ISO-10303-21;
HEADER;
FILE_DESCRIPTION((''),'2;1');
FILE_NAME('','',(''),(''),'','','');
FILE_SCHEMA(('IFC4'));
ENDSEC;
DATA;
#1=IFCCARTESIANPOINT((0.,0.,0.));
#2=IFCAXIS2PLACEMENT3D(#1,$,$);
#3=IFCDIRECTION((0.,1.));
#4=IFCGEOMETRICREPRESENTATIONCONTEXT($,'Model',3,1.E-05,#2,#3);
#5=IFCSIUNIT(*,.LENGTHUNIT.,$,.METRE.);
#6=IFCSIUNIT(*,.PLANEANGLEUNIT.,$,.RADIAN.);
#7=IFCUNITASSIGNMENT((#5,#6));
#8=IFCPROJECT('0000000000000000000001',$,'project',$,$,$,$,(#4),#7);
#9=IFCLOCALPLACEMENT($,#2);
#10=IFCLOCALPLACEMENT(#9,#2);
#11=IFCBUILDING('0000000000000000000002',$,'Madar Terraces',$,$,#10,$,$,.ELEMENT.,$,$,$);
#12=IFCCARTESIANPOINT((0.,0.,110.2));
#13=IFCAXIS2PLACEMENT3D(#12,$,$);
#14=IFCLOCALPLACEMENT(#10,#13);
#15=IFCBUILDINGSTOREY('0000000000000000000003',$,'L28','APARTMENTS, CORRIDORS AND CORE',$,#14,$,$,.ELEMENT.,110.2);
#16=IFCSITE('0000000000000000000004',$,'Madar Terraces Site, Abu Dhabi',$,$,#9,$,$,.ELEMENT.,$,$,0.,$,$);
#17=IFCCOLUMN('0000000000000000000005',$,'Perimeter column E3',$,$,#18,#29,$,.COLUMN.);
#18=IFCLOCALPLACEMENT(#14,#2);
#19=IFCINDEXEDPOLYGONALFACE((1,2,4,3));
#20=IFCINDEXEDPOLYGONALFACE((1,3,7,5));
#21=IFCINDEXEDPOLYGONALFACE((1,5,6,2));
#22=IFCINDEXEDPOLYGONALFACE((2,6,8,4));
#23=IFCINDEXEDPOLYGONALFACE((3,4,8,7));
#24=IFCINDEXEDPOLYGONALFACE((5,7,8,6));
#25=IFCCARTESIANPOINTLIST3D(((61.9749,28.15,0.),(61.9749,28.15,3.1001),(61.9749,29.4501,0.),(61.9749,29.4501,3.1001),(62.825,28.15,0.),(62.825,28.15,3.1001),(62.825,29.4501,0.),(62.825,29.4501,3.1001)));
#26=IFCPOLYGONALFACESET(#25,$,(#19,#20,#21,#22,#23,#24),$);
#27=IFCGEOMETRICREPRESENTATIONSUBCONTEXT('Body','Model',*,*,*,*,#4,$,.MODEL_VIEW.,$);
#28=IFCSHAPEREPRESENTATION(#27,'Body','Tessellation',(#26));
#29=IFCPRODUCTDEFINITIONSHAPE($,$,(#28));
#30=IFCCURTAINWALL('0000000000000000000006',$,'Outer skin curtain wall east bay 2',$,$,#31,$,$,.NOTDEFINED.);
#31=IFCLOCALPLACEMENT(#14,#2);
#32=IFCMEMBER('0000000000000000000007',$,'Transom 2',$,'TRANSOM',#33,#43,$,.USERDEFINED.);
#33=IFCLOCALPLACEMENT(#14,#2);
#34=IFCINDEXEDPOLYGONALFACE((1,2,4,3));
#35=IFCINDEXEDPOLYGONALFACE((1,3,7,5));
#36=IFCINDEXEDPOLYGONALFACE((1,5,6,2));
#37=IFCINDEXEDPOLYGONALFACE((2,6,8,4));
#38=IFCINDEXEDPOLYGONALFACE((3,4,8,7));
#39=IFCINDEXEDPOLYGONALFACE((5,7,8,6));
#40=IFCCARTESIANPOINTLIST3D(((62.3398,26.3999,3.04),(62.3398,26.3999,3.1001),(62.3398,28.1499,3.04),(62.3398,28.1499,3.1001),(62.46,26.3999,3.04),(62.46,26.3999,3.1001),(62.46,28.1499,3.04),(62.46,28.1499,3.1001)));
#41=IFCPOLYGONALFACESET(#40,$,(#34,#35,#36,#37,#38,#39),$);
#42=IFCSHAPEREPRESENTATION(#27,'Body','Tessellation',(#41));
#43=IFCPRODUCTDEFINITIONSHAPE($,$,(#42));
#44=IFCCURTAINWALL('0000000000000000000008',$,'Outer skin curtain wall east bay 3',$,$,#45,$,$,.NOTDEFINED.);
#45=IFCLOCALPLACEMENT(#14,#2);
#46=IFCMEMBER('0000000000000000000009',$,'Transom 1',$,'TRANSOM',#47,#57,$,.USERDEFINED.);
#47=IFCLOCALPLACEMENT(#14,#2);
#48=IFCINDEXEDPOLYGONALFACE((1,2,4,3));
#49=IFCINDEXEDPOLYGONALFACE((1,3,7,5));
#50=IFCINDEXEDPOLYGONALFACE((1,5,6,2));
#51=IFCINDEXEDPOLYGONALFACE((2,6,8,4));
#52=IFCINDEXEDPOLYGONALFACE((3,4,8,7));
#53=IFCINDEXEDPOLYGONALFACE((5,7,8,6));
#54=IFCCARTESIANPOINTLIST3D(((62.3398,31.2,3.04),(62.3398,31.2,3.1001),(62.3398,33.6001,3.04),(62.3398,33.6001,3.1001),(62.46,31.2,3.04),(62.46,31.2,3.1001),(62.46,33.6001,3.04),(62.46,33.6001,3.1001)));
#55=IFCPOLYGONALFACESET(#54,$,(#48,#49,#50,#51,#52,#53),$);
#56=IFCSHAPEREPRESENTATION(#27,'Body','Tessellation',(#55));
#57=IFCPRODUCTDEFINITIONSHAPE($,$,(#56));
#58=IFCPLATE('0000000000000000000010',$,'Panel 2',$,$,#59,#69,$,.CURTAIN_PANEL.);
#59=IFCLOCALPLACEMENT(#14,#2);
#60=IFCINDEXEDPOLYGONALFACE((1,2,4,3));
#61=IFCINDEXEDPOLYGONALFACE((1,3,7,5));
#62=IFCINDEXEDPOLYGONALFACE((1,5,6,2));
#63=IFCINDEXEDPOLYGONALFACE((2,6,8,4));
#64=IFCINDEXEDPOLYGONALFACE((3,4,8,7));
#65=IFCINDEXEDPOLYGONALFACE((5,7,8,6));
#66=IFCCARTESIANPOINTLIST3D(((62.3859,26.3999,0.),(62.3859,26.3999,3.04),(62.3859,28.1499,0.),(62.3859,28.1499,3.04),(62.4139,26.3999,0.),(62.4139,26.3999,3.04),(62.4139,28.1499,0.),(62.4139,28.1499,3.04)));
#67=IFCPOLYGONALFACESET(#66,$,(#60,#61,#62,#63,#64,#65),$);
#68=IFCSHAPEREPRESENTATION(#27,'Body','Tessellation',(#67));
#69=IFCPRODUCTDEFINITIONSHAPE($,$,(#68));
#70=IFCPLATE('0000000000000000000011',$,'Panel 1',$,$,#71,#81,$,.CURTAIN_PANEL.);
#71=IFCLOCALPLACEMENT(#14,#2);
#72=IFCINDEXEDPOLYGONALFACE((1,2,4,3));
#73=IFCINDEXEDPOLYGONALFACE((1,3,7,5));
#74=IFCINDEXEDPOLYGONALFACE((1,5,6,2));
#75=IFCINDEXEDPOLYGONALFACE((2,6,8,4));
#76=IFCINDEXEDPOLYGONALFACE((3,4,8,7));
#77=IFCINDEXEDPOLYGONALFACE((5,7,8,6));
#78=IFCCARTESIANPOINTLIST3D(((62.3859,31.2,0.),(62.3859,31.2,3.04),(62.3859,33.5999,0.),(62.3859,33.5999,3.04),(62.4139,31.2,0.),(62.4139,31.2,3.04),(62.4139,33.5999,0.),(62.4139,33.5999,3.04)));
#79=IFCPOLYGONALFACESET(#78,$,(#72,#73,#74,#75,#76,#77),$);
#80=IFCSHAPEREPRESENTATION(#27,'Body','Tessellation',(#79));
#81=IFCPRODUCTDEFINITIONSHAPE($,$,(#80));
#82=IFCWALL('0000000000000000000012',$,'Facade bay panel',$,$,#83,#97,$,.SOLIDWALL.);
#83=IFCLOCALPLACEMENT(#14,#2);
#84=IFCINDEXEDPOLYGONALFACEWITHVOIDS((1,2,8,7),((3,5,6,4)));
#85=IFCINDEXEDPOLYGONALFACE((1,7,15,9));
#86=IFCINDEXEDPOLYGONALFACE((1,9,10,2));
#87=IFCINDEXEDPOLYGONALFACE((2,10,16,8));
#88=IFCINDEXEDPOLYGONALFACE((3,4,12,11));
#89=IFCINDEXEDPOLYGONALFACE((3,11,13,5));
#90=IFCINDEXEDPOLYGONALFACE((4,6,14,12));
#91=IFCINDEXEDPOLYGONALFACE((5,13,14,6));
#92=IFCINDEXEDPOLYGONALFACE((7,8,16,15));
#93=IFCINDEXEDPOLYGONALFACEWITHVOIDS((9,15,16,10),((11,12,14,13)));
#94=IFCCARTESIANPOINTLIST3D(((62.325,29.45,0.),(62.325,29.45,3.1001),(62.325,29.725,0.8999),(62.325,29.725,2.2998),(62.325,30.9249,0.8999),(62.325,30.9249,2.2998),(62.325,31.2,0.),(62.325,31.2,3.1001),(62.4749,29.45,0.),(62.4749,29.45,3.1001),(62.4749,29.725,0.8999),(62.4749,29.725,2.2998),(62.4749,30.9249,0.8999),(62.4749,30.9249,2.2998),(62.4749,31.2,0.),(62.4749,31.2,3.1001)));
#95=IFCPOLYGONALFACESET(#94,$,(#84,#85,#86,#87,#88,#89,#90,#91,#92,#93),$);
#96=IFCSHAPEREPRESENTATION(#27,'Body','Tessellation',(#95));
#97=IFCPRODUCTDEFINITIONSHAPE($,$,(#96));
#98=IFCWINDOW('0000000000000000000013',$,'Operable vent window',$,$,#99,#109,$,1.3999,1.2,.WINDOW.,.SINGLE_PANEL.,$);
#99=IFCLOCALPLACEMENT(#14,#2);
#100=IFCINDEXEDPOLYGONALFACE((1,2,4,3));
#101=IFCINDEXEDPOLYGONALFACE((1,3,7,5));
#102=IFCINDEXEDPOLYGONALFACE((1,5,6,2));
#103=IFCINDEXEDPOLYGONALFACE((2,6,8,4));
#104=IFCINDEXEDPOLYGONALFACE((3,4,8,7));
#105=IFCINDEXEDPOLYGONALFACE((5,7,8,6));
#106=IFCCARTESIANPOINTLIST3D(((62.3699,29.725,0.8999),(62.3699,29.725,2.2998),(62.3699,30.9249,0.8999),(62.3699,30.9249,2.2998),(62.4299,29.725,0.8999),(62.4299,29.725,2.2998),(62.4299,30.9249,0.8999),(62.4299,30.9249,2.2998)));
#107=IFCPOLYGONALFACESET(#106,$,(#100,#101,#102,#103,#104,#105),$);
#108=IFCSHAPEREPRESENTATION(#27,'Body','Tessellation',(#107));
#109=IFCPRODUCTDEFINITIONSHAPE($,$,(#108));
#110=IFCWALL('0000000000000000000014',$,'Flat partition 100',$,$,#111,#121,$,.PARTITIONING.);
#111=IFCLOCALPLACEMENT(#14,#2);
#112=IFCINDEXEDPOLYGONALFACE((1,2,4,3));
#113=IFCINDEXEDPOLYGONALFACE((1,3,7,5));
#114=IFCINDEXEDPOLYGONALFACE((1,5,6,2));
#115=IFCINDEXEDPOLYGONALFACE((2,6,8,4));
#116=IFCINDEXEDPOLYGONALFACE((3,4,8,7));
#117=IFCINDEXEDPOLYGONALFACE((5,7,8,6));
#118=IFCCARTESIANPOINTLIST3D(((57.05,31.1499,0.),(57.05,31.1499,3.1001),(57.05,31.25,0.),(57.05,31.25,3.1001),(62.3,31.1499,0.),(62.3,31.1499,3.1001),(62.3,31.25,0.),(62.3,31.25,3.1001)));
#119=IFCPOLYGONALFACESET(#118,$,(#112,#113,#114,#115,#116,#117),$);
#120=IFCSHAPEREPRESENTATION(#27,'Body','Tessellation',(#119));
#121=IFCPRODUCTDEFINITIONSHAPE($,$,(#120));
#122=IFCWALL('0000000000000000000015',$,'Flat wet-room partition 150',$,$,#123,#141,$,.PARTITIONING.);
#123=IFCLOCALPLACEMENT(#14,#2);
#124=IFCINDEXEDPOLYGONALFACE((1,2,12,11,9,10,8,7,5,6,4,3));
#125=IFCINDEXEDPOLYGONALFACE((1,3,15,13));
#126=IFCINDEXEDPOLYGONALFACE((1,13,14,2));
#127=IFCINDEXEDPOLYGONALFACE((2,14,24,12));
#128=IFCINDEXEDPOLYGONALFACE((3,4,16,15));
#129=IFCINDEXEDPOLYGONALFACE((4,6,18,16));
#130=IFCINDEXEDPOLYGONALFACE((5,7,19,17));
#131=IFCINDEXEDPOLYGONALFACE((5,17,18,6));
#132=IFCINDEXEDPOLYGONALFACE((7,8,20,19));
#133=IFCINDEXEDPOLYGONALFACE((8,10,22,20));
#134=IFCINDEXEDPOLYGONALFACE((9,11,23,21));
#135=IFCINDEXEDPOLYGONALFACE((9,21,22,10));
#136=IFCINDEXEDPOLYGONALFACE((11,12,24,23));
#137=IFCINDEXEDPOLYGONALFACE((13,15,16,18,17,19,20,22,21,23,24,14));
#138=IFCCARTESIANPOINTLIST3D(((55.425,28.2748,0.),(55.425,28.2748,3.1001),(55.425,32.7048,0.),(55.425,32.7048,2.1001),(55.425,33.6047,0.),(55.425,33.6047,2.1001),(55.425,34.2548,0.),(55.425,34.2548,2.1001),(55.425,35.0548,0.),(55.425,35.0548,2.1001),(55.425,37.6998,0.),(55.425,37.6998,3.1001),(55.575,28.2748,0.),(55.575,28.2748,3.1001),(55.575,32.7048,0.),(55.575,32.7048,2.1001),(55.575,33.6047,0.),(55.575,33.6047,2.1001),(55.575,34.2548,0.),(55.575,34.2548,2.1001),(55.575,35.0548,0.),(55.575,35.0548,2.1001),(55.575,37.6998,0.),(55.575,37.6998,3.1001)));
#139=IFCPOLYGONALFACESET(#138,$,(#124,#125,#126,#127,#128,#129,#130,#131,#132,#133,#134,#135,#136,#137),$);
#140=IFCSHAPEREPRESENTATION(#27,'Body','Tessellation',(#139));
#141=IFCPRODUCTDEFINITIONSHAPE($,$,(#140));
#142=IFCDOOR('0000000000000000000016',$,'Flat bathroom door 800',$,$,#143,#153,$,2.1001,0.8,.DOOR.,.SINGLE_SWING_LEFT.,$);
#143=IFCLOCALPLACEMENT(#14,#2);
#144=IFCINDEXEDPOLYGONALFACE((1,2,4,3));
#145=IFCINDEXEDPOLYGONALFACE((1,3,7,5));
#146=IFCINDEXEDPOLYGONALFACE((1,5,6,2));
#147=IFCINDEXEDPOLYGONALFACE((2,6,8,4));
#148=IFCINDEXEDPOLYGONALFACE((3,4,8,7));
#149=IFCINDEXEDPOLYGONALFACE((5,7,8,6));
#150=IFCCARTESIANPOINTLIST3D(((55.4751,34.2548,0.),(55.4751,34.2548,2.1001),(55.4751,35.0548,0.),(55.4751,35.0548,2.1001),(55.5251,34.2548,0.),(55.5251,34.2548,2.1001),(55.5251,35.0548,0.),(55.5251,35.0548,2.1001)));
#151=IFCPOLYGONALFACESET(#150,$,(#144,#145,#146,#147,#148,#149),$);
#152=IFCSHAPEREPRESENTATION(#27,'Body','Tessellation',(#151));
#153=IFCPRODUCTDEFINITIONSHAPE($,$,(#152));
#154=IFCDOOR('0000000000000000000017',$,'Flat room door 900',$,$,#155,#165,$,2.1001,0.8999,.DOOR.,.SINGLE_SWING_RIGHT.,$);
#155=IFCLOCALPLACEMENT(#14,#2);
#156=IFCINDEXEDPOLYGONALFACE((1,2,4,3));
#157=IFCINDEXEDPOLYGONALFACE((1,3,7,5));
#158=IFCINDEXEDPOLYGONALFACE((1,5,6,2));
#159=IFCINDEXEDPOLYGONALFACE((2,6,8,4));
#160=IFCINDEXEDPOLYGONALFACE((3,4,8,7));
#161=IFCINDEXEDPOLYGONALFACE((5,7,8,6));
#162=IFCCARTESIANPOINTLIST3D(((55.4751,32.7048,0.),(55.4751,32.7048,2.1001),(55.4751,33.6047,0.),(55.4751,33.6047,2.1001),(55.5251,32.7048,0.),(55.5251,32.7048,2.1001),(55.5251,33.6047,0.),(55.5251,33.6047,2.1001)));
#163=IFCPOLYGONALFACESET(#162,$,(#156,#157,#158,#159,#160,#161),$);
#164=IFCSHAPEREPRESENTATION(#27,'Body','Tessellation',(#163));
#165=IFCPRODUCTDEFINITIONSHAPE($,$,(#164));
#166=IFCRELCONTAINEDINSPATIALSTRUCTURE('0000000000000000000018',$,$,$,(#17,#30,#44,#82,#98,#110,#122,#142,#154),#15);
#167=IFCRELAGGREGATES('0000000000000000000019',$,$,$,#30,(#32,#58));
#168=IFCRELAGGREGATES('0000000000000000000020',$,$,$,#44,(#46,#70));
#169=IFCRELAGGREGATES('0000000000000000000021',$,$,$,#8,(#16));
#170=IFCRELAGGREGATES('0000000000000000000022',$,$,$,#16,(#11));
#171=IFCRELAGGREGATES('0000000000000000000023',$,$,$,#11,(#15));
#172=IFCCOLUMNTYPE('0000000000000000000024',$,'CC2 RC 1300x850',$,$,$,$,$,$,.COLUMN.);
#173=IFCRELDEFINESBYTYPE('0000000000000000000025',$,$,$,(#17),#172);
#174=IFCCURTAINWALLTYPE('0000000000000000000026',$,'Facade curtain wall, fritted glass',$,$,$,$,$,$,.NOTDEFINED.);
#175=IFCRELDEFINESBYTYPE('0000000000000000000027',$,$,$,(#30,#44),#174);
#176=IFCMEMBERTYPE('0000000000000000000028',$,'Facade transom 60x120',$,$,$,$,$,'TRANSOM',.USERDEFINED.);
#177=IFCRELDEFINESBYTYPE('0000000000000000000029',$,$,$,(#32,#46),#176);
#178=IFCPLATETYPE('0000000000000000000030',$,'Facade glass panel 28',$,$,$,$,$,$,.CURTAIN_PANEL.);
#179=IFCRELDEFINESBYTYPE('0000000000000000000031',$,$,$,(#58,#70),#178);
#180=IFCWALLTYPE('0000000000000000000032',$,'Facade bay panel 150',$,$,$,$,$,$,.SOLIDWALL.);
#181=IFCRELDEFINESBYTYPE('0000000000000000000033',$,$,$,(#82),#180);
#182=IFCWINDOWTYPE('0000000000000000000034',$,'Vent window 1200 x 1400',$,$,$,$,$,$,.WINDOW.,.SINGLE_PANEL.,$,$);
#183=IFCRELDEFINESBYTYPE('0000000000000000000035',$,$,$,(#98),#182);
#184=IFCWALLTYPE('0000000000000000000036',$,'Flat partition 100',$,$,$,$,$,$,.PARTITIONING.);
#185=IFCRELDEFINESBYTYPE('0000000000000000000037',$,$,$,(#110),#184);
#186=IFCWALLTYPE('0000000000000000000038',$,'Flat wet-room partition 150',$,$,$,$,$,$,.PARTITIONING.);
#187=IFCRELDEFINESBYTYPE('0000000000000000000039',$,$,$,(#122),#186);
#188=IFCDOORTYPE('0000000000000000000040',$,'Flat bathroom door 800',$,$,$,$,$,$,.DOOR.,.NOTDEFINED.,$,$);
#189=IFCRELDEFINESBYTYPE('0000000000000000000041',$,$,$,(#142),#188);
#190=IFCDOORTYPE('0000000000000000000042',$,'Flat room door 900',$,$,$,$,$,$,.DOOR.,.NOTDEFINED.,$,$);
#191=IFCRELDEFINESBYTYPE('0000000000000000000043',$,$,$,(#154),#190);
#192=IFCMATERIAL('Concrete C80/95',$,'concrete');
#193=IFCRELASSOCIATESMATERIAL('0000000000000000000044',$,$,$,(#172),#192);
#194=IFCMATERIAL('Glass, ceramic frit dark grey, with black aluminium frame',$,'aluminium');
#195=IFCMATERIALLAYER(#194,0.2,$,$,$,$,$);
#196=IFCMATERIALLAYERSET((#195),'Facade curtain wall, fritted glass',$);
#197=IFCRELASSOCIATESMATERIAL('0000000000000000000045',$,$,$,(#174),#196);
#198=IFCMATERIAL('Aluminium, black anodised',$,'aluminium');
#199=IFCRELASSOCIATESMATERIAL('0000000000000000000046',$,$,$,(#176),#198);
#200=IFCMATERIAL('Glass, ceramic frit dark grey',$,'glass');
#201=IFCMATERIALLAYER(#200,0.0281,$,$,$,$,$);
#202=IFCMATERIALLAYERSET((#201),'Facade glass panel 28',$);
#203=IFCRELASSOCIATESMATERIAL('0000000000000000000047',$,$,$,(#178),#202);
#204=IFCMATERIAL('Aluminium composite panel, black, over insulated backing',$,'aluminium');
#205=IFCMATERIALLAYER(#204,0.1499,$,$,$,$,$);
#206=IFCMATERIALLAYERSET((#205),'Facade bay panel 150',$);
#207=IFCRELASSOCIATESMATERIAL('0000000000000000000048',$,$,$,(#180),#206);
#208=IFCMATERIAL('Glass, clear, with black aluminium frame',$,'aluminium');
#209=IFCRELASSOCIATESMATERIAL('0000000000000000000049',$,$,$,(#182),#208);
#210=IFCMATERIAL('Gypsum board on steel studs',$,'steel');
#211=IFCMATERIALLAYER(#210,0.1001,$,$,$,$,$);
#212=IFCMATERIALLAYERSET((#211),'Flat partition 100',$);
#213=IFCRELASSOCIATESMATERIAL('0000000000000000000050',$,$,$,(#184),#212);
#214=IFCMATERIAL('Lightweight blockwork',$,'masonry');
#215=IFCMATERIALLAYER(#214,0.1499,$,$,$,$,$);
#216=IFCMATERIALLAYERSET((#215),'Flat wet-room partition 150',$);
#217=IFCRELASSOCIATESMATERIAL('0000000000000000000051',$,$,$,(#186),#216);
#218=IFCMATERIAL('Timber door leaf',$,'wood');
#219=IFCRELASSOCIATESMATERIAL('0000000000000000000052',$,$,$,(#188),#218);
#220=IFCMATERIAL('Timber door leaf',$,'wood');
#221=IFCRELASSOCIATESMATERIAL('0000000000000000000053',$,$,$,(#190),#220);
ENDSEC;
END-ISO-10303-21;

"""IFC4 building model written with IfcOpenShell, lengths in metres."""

from ifc_helpers import new_model, si_unit, direction, frame, frame_2d, origin, origin_2d, place, context, subcontext, project, spatial, rectangle, extrude, material, layer, layer_set, material_profile, profile_set, type_object, element, fill, aggregate, save


model = new_model("IFC4")

# Units and contexts
model_context = context("Model", 3, precision=1e-05, world=origin(), true_north=direction((0.0, 1.0)))
body_context = subcontext(model_context, "Body", "Model", "MODEL_VIEW")
ifc_project = project(units=[si_unit("LENGTHUNIT", "METRE"), si_unit("PLANEANGLEUNIT", "RADIAN")], contexts=[model_context])

# Site, building, storey
site_placement = place(None, origin())
site = spatial("IfcSite", under=ifc_project, at=site_placement, Name="Madar Terraces Site, Abu Dhabi", CompositionType="ELEMENT", RefElevation=0.0)
building_placement = place(site_placement, origin())
building = spatial("IfcBuilding", under=site, at=building_placement, Name="Madar Terraces", CompositionType="ELEMENT")
storey_placement = place(building_placement, frame((0.0, 0.0, 110.2)))
storey = spatial("IfcBuildingStorey", under=building, at=storey_placement, Name="L28", Description="APARTMENTS, CORRIDORS AND CORE", CompositionType="ELEMENT", Elevation=110.2)

# Column
ifc_material_1 = material(Name="Concrete C80/95", Category="concrete")
ifc_material_profile_1 = material_profile(ifc_material_1, rectangle(XDim=1.3, YDim=0.8501, at=origin_2d()), Name="CC2 RC 1300x850")
ifc_profile_set_1 = profile_set([ifc_material_profile_1], Name="Concrete C80/95")
column_type = type_object("IfcColumnType", Name="CC2 RC 1300x850", PredefinedType="COLUMN", material=ifc_profile_set_1)
column_placement = place(storey_placement, frame((62.3999, 28.8, 0.0), z_axis=(0.0, 0.0, 1.0), x_axis=(0.0, 1.0, 0.0)))
element("IfcColumn", 1, at=column_placement, inside=storey, type_object=column_type, Name="Perimeter column E3", PredefinedType="COLUMN", context=body_context, shape_type="SweptSolid", body=[
    extrude(rectangle(XDim=1.3, YDim=0.8501, at=origin_2d()), origin(), (0.0, 0.0, 1.0), 3.1001),
])

# Curtain walls, members
ifc_material_2 = material(Name="Glass, ceramic frit dark grey, with black aluminium frame", Category="aluminium")
ifc_layer_1 = layer(ifc_material_2, 0.2)
ifc_layer_set_1 = layer_set([ifc_layer_1], Name="Facade curtain wall, fritted glass")
curtain_wall_type = type_object("IfcCurtainWallType", Name="Facade curtain wall, fritted glass", PredefinedType="NOTDEFINED", material=ifc_layer_set_1)
curtain_wall_1_placement = place(storey_placement, origin())
curtain_wall_1 = element("IfcCurtainWall", 2, at=curtain_wall_1_placement, inside=storey, type_object=curtain_wall_type, Name="Outer skin curtain wall east bay 2", PredefinedType="NOTDEFINED")
ifc_material_3 = material(Name="Aluminium, black anodised", Category="aluminium")
ifc_material_profile_2 = material_profile(ifc_material_3, rectangle(XDim=0.1201, YDim=0.0601, at=origin_2d()), Name="Facade transom 60x120")
ifc_profile_set_2 = profile_set([ifc_material_profile_2], Name="Aluminium, black anodised")
member_type = type_object("IfcMemberType", Name="Facade transom 60x120", ElementType="TRANSOM", PredefinedType="USERDEFINED", material=ifc_profile_set_2)
member_1_placement = place(storey_placement, frame((62.3999, 26.3999, 3.0701), z_axis=(0.0, 1.0, 0.0), x_axis=(-1.0, 0.0, 0.0)))
member_1 = element("IfcMember", 3, at=member_1_placement, type_object=member_type, Name="Transom 2", ObjectType="TRANSOM", PredefinedType="USERDEFINED", context=body_context, shape_type="SweptSolid", body=[
    extrude(rectangle(XDim=0.1201, YDim=0.0601, at=origin_2d()), origin(), (0.0, 0.0, 1.0), 1.75),
])
curtain_wall_2_placement = place(storey_placement, origin())
curtain_wall_2 = element("IfcCurtainWall", 4, at=curtain_wall_2_placement, inside=storey, type_object=curtain_wall_type, Name="Outer skin curtain wall east bay 3", PredefinedType="NOTDEFINED")
member_2_placement = place(storey_placement, frame((62.3999, 31.2, 3.0701), z_axis=(0.0, 1.0, 0.0), x_axis=(-1.0, 0.0, 0.0)))
member_2 = element("IfcMember", 5, at=member_2_placement, type_object=member_type, Name="Transom 1", ObjectType="TRANSOM", PredefinedType="USERDEFINED", context=body_context, shape_type="SweptSolid", body=[
    extrude(rectangle(XDim=0.1201, YDim=0.0601, at=origin_2d()), origin(), (0.0, 0.0, 1.0), 2.4001),
])

# Plates
ifc_material_4 = material(Name="Glass, ceramic frit dark grey", Category="glass")
ifc_layer_2 = layer(ifc_material_4, 0.0281)
ifc_layer_set_2 = layer_set([ifc_layer_2], Name="Facade glass panel 28")
plate_type = type_object("IfcPlateType", Name="Facade glass panel 28", PredefinedType="CURTAIN_PANEL", material=ifc_layer_set_2)
plate_1_placement = place(storey_placement, frame((62.3999, 27.2749, 0.0), z_axis=(0.0, 0.0, 1.0), x_axis=(0.0, 1.0, 0.0)))
plate_1 = element("IfcPlate", 6, at=plate_1_placement, type_object=plate_type, Name="Panel 2", PredefinedType="CURTAIN_PANEL", context=body_context, shape_type="SweptSolid", body=[
    extrude(rectangle(XDim=1.75, YDim=0.0281, at=origin_2d()), origin(), (0.0, 0.0, 1.0), 3.04),
])
aggregate(curtain_wall_1, [member_1, plate_1])
plate_2_placement = place(storey_placement, frame((62.3999, 32.3999, 0.0), z_axis=(0.0, 0.0, 1.0), x_axis=(0.0, 1.0, 0.0)))
plate_2 = element("IfcPlate", 7, at=plate_2_placement, type_object=plate_type, Name="Panel 1", PredefinedType="CURTAIN_PANEL", context=body_context, shape_type="SweptSolid", body=[
    extrude(rectangle(XDim=2.3999, YDim=0.0281, at=origin_2d()), origin(), (0.0, 0.0, 1.0), 3.04),
])
aggregate(curtain_wall_2, [member_2, plate_2])

# Wall, opening, window
ifc_material_5 = material(Name="Aluminium composite panel, black, over insulated backing", Category="aluminium")
ifc_layer_3 = layer(ifc_material_5, 0.1499)
ifc_layer_set_3 = layer_set([ifc_layer_3], Name="Facade bay panel 150")
wall_type_1 = type_object("IfcWallType", Name="Facade bay panel 150", PredefinedType="SOLIDWALL", material=ifc_layer_set_3)
wall_1_placement = place(storey_placement, frame((62.3999, 29.45, 0.0), z_axis=(0.0, 0.0, 1.0), x_axis=(0.0, 1.0, 0.0)))
wall_1 = element("IfcWall", 8, at=wall_1_placement, inside=storey, type_object=wall_type_1, Name="Facade bay panel", PredefinedType="SOLIDWALL", context=body_context, shape_type="SweptSolid", body=[
    extrude(rectangle(XDim=1.75, YDim=0.1499, at=frame_2d((0.875, 0.0))), origin(), (0.0, 0.0, 1.0), 3.1001),
])
opening_1_placement = place(wall_1_placement, frame((0.2749, 0.0, 0.8999)))
opening_1 = element("IfcOpeningElement", 9, at=opening_1_placement, cuts=wall_1, PredefinedType="OPENING", context=body_context, shape_type="SweptSolid", body=[
    extrude(rectangle(XDim=1.2, YDim=1.3999, at=frame_2d((0.6001, 0.7))), frame((0.0, 0.085, 0.0), z_axis=(0.0, -1.0, 0.0), x_axis=(1.0, 0.0, 0.0)), (0.0, 0.0, 1.0), 0.1699),
])
ifc_material_6 = material(Name="Glass, clear, with black aluminium frame", Category="aluminium")
window_type = type_object("IfcWindowType", Name="Vent window 1200 x 1400", PartitioningType="SINGLE_PANEL", PredefinedType="WINDOW", material=ifc_material_6)
window_placement = place(opening_1_placement, origin())
window = element("IfcWindow", 10, at=window_placement, inside=storey, type_object=window_type, Name="Operable vent window", OverallHeight=1.3999, OverallWidth=1.2, PartitioningType="SINGLE_PANEL", PredefinedType="WINDOW", context=body_context, shape_type="SweptSolid", body=[
    extrude(rectangle(XDim=1.2, YDim=1.3999, at=frame_2d((0.6001, 0.7))), frame((0.0, 0.03, 0.0), z_axis=(0.0, -1.0, 0.0), x_axis=(1.0, 0.0, 0.0)), (0.0, 0.0, 1.0), 0.0601),
])
fill(opening_1, window)

# Wall
ifc_material_7 = material(Name="Gypsum board on steel studs", Category="steel")
ifc_layer_4 = layer(ifc_material_7, 0.1001)
ifc_layer_set_4 = layer_set([ifc_layer_4], Name="Flat partition 100")
wall_type_2 = type_object("IfcWallType", Name="Flat partition 100", PredefinedType="PARTITIONING", material=ifc_layer_set_4)
wall_2_placement = place(storey_placement, frame((57.05, 31.2, 0.0), z_axis=(0.0, 0.0, 1.0), x_axis=(1.0, 0.0, 0.0)))
element("IfcWall", 11, at=wall_2_placement, inside=storey, type_object=wall_type_2, Name="Flat partition 100", PredefinedType="PARTITIONING", context=body_context, shape_type="SweptSolid", body=[
    extrude(rectangle(XDim=5.25, YDim=0.1001, at=frame_2d((2.625, 0.0))), origin(), (0.0, 0.0, 1.0), 3.1001),
])

# Wall, openings, doors
ifc_material_8 = material(Name="Lightweight blockwork", Category="masonry")
ifc_layer_5 = layer(ifc_material_8, 0.1499)
ifc_layer_set_5 = layer_set([ifc_layer_5], Name="Flat wet-room partition 150")
wall_type_3 = type_object("IfcWallType", Name="Flat wet-room partition 150", PredefinedType="PARTITIONING", material=ifc_layer_set_5)
wall_3_placement = place(storey_placement, frame((55.5, 28.2749, 0.0), z_axis=(0.0, 0.0, 1.0), x_axis=(0.0, 1.0, 0.0)))
wall_3 = element("IfcWall", 12, at=wall_3_placement, inside=storey, type_object=wall_type_3, Name="Flat wet-room partition 150", PredefinedType="PARTITIONING", context=body_context, shape_type="SweptSolid", body=[
    extrude(rectangle(XDim=9.425, YDim=0.1499, at=frame_2d((4.7124, 0.0))), origin(), (0.0, 0.0, 1.0), 3.1001),
])
opening_2_placement = place(wall_3_placement, frame((4.4299, 0.0, 0.0)))
opening_2 = element("IfcOpeningElement", 13, at=opening_2_placement, cuts=wall_3, PredefinedType="OPENING", context=body_context, shape_type="SweptSolid", body=[
    extrude(rectangle(XDim=0.8999, YDim=2.1001, at=frame_2d((0.45, 1.05))), frame((0.0, 0.085, 0.0), z_axis=(0.0, -1.0, 0.0), x_axis=(1.0, 0.0, 0.0)), (0.0, 0.0, 1.0), 0.1699),
])
opening_3_placement = place(wall_3_placement, frame((5.98, 0.0, 0.0)))
opening_3 = element("IfcOpeningElement", 14, at=opening_3_placement, cuts=wall_3, PredefinedType="OPENING", context=body_context, shape_type="SweptSolid", body=[
    extrude(rectangle(XDim=0.8, YDim=2.1001, at=frame_2d((0.3999, 1.05))), frame((0.0, 0.085, 0.0), z_axis=(0.0, -1.0, 0.0), x_axis=(1.0, 0.0, 0.0)), (0.0, 0.0, 1.0), 0.1699),
])
ifc_material_9 = material(Name="Timber door leaf", Category="wood")
door_type_1 = type_object("IfcDoorType", Name="Flat bathroom door 800", OperationType="NOTDEFINED", PredefinedType="DOOR", material=ifc_material_9)
door_1_placement = place(opening_3_placement, origin())
door_1 = element("IfcDoor", 15, at=door_1_placement, inside=storey, type_object=door_type_1, Name="Flat bathroom door 800", OperationType="SINGLE_SWING_LEFT", OverallHeight=2.1001, OverallWidth=0.8, PredefinedType="DOOR", context=body_context, shape_type="SweptSolid", body=[
    extrude(rectangle(XDim=0.8, YDim=2.1001, at=frame_2d((0.3999, 1.05))), frame((0.0, 0.0249, 0.0), z_axis=(0.0, -1.0, 0.0), x_axis=(1.0, 0.0, 0.0)), (0.0, 0.0, 1.0), 0.05),
])
fill(opening_3, door_1)
ifc_material_10 = material(Name="Timber door leaf", Category="wood")
door_type_2 = type_object("IfcDoorType", Name="Flat room door 900", OperationType="NOTDEFINED", PredefinedType="DOOR", material=ifc_material_10)
door_2_placement = place(opening_2_placement, origin())
door_2 = element("IfcDoor", 16, at=door_2_placement, inside=storey, type_object=door_type_2, Name="Flat room door 900", OperationType="SINGLE_SWING_RIGHT", OverallHeight=2.1001, OverallWidth=0.8999, PredefinedType="DOOR", context=body_context, shape_type="SweptSolid", body=[
    extrude(rectangle(XDim=0.8999, YDim=2.1001, at=frame_2d((0.45, 1.05))), frame((0.0, 0.0249, 0.0), z_axis=(0.0, -1.0, 0.0), x_axis=(1.0, 0.0, 0.0)), (0.0, 0.0, 1.0), 0.05),
])
fill(opening_2, door_2)

save(model, "model.ifc")
